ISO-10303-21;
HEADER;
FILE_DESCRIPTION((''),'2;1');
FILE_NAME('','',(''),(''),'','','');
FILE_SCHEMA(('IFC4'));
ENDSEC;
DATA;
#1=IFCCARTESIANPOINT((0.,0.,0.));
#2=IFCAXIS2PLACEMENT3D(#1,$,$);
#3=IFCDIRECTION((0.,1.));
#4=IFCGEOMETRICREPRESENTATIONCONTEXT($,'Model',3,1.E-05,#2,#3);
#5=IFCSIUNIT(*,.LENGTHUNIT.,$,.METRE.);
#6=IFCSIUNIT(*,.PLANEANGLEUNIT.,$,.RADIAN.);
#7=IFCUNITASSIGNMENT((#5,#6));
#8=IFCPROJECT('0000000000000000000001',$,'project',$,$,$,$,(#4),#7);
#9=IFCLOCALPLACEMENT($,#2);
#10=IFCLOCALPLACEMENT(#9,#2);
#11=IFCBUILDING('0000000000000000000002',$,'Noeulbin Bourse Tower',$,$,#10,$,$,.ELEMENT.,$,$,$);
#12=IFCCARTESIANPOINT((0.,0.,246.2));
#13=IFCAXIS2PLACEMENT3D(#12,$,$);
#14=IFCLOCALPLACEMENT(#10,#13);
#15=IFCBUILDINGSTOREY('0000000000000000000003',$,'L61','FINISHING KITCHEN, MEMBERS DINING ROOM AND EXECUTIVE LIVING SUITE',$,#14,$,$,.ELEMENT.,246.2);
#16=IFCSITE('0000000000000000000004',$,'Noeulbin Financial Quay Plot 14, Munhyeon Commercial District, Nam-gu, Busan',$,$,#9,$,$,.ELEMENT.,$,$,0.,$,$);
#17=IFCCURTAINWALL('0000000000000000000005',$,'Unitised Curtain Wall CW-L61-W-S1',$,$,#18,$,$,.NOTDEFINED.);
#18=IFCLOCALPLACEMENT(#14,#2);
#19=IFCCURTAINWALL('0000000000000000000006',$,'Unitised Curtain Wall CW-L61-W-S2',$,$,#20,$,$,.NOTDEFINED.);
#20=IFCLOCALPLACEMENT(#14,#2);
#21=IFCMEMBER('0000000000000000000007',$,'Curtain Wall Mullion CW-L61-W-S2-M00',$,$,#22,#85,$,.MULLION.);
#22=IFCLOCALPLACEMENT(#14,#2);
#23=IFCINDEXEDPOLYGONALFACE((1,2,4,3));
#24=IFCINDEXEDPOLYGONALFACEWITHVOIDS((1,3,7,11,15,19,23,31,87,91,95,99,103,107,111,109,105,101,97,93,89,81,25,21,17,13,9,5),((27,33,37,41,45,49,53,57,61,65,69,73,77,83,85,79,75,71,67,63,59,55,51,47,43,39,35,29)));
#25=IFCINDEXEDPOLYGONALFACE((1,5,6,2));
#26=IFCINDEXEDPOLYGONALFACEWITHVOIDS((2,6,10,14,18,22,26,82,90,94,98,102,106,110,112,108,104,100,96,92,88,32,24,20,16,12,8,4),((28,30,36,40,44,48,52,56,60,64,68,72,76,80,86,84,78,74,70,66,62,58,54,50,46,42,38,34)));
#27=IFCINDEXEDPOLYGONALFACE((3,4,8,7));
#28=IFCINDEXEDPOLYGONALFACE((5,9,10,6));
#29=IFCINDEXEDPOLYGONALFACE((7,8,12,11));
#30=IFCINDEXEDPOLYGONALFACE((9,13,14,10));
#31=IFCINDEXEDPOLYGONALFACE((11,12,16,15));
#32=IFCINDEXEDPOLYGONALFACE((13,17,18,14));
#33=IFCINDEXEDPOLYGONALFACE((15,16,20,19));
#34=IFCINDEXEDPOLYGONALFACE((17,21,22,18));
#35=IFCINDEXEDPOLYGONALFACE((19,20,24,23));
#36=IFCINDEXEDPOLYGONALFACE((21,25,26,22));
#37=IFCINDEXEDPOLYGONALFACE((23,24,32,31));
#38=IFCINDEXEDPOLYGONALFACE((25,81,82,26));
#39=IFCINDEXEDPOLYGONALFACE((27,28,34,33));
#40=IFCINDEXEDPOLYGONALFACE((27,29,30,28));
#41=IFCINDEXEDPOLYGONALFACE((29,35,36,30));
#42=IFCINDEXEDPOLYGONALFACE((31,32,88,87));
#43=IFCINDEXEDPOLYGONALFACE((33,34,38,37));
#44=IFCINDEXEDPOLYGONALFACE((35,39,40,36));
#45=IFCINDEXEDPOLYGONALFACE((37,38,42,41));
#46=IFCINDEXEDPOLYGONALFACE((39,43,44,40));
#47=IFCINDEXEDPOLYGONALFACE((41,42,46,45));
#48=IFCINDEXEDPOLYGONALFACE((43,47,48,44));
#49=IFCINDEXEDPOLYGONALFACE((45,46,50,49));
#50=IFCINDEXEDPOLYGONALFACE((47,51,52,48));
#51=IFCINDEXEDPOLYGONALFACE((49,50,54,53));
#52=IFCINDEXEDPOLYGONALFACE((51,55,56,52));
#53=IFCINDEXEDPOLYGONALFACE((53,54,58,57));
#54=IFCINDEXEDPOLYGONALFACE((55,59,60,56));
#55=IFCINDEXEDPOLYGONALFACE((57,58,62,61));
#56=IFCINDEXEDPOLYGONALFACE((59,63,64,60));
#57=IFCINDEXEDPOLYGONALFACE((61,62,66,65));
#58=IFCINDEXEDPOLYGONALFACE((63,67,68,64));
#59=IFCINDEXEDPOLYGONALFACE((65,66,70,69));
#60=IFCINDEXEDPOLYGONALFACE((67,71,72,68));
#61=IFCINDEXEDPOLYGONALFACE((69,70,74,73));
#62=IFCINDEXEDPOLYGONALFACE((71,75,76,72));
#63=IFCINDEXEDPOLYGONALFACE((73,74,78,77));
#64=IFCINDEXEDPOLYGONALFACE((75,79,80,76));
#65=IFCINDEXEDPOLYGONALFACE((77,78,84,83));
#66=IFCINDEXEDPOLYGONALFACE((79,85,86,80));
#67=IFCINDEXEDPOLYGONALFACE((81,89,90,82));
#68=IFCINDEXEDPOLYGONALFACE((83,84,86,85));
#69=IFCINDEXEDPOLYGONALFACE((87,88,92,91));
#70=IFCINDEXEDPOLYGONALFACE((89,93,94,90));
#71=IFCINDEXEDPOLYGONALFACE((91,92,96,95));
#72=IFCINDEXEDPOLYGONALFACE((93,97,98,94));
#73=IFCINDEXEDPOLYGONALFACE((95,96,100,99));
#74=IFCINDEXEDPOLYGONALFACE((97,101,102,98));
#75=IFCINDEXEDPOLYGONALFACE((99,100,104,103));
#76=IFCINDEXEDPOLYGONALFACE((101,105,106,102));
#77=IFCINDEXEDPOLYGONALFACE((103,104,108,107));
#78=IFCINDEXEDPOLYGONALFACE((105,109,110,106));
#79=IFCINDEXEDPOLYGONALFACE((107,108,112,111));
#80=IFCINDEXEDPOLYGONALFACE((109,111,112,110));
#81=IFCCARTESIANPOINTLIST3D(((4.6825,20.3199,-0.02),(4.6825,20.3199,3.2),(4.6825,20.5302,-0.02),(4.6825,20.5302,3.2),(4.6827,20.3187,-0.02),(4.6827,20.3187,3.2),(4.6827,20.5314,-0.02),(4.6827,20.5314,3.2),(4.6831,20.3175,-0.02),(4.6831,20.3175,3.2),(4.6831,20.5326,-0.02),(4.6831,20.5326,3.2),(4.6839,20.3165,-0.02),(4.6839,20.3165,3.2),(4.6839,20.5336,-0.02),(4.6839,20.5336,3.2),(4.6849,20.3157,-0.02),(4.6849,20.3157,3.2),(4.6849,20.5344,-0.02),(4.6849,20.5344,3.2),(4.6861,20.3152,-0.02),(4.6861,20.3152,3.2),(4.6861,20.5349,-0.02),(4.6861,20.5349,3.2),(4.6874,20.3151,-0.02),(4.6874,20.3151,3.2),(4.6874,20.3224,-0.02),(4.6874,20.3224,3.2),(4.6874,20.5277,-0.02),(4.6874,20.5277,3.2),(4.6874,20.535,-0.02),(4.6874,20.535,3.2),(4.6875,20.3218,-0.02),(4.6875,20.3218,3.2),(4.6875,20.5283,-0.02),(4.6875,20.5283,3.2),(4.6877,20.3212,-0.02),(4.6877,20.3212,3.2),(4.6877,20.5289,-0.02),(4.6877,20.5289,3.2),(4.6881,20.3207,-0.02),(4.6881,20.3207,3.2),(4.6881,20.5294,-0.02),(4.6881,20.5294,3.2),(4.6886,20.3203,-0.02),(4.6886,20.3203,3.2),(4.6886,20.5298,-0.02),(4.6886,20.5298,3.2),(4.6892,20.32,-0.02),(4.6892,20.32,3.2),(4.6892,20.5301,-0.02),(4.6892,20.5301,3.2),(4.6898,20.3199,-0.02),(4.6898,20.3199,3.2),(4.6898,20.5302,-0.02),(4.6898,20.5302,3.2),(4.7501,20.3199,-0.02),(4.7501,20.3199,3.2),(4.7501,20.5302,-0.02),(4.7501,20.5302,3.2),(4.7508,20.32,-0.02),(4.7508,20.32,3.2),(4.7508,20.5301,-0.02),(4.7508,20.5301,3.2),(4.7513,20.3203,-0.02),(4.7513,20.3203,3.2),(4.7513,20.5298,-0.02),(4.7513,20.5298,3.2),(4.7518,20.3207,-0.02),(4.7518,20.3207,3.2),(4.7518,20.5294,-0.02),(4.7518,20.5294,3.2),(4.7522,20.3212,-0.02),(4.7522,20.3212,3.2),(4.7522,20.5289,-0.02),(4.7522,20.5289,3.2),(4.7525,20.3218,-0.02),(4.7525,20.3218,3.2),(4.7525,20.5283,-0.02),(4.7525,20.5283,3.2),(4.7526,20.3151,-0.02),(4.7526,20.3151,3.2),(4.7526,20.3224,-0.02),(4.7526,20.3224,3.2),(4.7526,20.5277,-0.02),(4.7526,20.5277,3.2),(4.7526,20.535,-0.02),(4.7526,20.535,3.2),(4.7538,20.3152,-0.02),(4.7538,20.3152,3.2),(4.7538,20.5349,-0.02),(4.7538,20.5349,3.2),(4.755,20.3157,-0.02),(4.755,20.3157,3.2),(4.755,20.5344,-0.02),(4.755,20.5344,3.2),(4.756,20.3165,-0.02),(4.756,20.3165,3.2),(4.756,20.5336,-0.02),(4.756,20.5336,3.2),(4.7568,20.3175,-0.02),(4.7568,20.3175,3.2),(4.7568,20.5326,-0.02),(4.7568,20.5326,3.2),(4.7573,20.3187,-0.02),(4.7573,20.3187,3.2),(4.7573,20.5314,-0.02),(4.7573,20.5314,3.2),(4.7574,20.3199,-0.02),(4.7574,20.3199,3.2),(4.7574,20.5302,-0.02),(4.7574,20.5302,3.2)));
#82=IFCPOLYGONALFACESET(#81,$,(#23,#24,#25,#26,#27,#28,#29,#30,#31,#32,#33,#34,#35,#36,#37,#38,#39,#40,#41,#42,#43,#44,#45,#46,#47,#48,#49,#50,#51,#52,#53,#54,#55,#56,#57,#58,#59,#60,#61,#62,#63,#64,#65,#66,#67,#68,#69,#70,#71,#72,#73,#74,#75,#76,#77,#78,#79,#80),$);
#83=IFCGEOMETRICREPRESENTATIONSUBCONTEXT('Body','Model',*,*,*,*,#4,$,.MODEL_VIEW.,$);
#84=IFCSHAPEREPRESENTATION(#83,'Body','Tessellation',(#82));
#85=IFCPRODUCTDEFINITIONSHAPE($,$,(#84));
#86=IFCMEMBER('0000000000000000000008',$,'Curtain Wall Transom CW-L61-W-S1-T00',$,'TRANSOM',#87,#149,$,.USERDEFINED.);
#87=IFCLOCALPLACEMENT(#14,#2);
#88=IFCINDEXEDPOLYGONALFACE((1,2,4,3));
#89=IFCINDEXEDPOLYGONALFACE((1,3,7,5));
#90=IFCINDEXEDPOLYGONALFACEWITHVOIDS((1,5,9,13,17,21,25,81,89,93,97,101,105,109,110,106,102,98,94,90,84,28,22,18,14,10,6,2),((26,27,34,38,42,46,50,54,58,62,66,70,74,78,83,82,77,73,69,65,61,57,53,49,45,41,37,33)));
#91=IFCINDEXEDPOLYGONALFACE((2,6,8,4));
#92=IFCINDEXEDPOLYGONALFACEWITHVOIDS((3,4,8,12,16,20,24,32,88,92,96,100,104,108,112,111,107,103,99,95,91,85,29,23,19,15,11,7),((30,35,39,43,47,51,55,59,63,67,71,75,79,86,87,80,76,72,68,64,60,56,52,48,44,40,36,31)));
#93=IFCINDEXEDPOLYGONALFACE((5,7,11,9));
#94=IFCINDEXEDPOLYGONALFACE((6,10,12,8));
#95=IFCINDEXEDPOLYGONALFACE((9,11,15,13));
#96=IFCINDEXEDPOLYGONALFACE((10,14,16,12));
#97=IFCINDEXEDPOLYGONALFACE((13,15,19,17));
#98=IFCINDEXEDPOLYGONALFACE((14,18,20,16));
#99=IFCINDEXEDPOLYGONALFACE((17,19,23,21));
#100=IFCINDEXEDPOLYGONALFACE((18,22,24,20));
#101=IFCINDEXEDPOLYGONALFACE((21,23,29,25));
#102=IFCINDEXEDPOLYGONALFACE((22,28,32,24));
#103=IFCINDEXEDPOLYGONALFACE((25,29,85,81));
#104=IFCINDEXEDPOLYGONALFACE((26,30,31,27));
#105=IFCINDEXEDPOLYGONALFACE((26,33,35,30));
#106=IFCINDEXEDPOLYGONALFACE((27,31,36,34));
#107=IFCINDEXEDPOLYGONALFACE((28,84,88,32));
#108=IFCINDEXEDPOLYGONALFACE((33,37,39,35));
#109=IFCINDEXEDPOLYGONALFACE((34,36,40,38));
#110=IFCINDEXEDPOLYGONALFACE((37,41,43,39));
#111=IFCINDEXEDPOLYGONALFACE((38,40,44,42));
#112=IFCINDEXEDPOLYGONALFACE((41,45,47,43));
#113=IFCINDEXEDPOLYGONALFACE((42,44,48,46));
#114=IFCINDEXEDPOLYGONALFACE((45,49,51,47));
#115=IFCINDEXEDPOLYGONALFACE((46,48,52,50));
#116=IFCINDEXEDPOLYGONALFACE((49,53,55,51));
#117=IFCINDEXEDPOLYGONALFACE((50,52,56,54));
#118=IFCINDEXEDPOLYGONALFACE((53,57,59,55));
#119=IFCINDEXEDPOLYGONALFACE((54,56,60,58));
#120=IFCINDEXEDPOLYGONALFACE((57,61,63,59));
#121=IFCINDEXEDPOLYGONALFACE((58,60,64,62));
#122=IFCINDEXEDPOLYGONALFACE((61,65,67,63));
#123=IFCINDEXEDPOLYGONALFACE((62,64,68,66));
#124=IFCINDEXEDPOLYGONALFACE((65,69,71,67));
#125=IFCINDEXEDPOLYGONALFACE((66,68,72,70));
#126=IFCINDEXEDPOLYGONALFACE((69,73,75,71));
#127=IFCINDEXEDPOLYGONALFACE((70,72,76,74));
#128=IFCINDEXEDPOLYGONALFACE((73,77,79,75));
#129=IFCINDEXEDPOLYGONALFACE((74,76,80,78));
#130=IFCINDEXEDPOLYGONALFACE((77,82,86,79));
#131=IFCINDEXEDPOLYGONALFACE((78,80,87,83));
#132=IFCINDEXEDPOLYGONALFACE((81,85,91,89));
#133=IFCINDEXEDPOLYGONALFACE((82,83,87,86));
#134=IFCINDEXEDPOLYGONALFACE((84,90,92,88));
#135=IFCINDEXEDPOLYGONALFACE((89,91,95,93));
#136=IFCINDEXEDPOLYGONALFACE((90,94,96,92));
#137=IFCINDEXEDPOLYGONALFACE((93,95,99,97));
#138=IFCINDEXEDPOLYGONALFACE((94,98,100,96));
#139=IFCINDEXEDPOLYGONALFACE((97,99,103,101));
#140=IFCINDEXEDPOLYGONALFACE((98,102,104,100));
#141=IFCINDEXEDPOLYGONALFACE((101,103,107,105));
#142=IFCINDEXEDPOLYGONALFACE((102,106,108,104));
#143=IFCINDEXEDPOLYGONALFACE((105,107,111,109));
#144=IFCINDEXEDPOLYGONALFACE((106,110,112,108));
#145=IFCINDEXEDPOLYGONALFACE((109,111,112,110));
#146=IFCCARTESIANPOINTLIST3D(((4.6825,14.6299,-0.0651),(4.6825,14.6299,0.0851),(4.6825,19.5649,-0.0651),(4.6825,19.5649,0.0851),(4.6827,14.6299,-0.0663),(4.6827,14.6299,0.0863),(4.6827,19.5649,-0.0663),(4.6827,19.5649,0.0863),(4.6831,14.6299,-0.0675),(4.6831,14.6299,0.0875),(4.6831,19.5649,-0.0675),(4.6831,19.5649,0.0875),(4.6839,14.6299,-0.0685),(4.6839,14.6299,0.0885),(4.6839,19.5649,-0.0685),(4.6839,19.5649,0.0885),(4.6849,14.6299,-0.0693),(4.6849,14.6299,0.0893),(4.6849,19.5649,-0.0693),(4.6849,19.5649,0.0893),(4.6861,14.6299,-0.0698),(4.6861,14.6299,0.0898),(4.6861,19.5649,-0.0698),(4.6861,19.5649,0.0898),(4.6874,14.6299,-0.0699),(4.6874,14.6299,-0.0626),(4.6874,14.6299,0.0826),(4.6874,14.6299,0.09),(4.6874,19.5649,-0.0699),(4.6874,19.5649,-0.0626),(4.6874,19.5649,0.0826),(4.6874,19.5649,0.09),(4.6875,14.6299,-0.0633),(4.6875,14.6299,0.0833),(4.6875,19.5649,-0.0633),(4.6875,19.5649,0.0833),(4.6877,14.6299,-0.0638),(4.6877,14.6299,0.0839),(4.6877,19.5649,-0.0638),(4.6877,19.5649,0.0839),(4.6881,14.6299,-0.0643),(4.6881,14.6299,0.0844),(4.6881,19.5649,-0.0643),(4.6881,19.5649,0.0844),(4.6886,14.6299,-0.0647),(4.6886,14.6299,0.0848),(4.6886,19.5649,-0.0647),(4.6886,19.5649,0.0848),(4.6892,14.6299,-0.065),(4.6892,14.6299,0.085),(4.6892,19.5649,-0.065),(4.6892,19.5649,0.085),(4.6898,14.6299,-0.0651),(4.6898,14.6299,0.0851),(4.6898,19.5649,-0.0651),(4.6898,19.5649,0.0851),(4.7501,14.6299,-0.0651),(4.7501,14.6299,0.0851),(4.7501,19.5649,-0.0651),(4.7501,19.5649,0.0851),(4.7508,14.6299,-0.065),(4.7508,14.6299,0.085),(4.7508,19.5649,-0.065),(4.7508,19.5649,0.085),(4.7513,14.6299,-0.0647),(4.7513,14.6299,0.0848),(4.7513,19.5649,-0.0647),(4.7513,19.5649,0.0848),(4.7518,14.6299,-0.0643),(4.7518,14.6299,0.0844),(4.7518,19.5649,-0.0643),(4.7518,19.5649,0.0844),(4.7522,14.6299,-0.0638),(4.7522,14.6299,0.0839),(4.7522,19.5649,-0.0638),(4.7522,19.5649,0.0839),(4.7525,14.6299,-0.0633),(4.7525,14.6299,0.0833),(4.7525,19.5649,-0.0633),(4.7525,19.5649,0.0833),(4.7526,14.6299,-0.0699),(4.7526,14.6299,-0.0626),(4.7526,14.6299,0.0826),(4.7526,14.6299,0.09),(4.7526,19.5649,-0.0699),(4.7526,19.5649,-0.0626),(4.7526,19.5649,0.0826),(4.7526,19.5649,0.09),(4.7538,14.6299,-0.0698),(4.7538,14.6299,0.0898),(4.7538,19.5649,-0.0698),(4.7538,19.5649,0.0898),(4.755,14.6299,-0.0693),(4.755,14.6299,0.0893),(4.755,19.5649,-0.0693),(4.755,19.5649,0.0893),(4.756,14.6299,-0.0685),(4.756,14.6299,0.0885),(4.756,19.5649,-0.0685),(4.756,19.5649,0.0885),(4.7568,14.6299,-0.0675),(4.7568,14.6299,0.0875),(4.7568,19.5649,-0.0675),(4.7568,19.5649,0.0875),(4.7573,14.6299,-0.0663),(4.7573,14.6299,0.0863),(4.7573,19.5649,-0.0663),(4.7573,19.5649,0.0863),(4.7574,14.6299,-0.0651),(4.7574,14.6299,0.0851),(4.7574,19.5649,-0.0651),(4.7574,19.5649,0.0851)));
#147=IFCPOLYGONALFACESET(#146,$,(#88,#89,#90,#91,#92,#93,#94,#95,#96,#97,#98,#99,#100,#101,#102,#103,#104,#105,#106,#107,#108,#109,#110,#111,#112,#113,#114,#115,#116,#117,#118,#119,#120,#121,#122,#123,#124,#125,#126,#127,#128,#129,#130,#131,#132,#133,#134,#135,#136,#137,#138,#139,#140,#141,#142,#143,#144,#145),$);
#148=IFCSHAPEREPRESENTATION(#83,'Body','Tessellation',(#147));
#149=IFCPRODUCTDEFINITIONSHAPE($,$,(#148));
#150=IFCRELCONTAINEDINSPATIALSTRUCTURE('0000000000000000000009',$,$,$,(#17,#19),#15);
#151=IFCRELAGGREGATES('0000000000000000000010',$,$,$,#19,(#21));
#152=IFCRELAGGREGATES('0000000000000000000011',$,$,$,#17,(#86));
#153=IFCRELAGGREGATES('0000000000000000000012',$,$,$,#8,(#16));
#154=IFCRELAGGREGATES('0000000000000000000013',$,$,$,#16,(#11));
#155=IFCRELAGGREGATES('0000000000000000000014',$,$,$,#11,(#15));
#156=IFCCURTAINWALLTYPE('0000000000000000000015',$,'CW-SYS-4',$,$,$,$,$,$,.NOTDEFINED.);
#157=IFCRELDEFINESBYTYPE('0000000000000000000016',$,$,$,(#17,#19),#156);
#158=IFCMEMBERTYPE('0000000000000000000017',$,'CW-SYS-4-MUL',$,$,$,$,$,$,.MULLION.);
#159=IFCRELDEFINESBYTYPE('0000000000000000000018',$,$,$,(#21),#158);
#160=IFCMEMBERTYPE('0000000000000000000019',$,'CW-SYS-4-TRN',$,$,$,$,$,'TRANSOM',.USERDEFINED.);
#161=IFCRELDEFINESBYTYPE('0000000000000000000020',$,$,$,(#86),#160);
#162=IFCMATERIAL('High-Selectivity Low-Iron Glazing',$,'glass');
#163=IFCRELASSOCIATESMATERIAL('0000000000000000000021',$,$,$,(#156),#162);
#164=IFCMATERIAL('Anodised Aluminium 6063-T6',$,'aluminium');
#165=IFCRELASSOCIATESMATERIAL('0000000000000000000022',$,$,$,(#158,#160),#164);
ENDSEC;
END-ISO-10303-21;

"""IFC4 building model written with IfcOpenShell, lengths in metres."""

from ifc_helpers import new_model, si_unit, direction, frame, origin, origin_2d, place, context, subcontext, project, spatial, hollow_rectangle, extrude, material, material_profile, profile_set, type_object, element, aggregate, save


model = new_model("IFC4")

# Units and contexts
model_context = context("Model", 3, precision=1e-05, world=origin(), true_north=direction((0.0, 1.0)))
body_context = subcontext(model_context, "Body", "Model", "MODEL_VIEW")
ifc_project = project(units=[si_unit("LENGTHUNIT", "METRE"), si_unit("PLANEANGLEUNIT", "RADIAN")], contexts=[model_context])

# Site, building, storey
site_placement = place(None, origin())
site = spatial("IfcSite", under=ifc_project, at=site_placement, Name="Noeulbin Financial Quay Plot 14, Munhyeon Commercial District, Nam-gu, Busan", CompositionType="ELEMENT", RefElevation=0.0)
building_placement = place(site_placement, origin())
building = spatial("IfcBuilding", under=site, at=building_placement, Name="Noeulbin Bourse Tower", CompositionType="ELEMENT")
storey_placement = place(building_placement, frame((0.0, 0.0, 246.2)))
storey = spatial("IfcBuildingStorey", under=building, at=storey_placement, Name="L61", Description="FINISHING KITCHEN, MEMBERS DINING ROOM AND EXECUTIVE LIVING SUITE", CompositionType="ELEMENT", Elevation=246.2)

# Curtain wall
ifc_material_1 = material(Name="High-Selectivity Low-Iron Glazing", Category="glass")
curtain_wall_type = type_object("IfcCurtainWallType", Name="CW-SYS-4", PredefinedType="NOTDEFINED", material=ifc_material_1)
curtain_wall_1_placement = place(storey_placement, origin())
curtain_wall_1 = element("IfcCurtainWall", 1, at=curtain_wall_1_placement, inside=storey, type_object=curtain_wall_type, Name="Unitised Curtain Wall CW-L61-W-S1", PredefinedType="NOTDEFINED")
ifc_material_2 = material(Name="Anodised Aluminium 6063-T6", Category="aluminium")
ifc_material_profile_1 = material_profile(ifc_material_2, hollow_rectangle(XDim=0.075, YDim=0.22, WallThickness=0.0049, InnerFilletRadius=0.0024, OuterFilletRadius=0.0049, at=origin_2d()), Name="ALU-MULL-75x220x5", Category="LoadBearing")
ifc_profile_set_1 = profile_set([ifc_material_profile_1], Name="Anodised Aluminium 6063-T6")
member_type_1 = type_object("IfcMemberType", Name="CW-SYS-4-MUL", PredefinedType="MULLION", material=ifc_profile_set_1)

# Curtain wall, member
curtain_wall_2_placement = place(storey_placement, origin())
curtain_wall_2 = element("IfcCurtainWall", 2, at=curtain_wall_2_placement, inside=storey, type_object=curtain_wall_type, Name="Unitised Curtain Wall CW-L61-W-S2", PredefinedType="NOTDEFINED")
member_1_placement = place(storey_placement, frame((4.72, 20.425, -0.02), z_axis=(0.0, 0.0, 1.0), x_axis=(1.0, 0.0, 0.0)))
member_1 = element("IfcMember", 3, at=member_1_placement, type_object=member_type_1, Name="Curtain Wall Mullion CW-L61-W-S2-M00", PredefinedType="MULLION", context=body_context, shape_type="SweptSolid", body=[
    extrude(hollow_rectangle(XDim=0.075, YDim=0.22, WallThickness=0.0049, InnerFilletRadius=0.0024, OuterFilletRadius=0.0049, at=origin_2d()), origin(), (0.0, 0.0, 1.0), 3.22),
])

# Member
ifc_material_profile_2 = material_profile(ifc_material_2, hollow_rectangle(XDim=0.075, YDim=0.1599, WallThickness=0.0049, InnerFilletRadius=0.0024, OuterFilletRadius=0.0049, at=origin_2d()), Name="ALU-TRAN-75x160x5", Category="LoadBearing")
ifc_profile_set_2 = profile_set([ifc_material_profile_2], Name="Anodised Aluminium 6063-T6")
member_type_2 = type_object("IfcMemberType", Name="CW-SYS-4-TRN", ElementType="TRANSOM", PredefinedType="USERDEFINED", material=ifc_profile_set_2)
member_2_placement = place(storey_placement, frame((4.72, 14.6299, 0.01), z_axis=(0.0, 1.0, 0.0), x_axis=(-1.0, 0.0, 0.0)))
member_2 = element("IfcMember", 4, at=member_2_placement, type_object=member_type_2, Name="Curtain Wall Transom CW-L61-W-S1-T00", ObjectType="TRANSOM", PredefinedType="USERDEFINED", context=body_context, shape_type="SweptSolid", body=[
    extrude(hollow_rectangle(XDim=0.075, YDim=0.1599, WallThickness=0.0049, InnerFilletRadius=0.0024, OuterFilletRadius=0.0049, at=origin_2d()), origin(), (0.0, 0.0, 1.0), 4.9351),
])
aggregate(curtain_wall_2, [member_1])

aggregate(curtain_wall_1, [member_2])

save(model, "model.ifc")
